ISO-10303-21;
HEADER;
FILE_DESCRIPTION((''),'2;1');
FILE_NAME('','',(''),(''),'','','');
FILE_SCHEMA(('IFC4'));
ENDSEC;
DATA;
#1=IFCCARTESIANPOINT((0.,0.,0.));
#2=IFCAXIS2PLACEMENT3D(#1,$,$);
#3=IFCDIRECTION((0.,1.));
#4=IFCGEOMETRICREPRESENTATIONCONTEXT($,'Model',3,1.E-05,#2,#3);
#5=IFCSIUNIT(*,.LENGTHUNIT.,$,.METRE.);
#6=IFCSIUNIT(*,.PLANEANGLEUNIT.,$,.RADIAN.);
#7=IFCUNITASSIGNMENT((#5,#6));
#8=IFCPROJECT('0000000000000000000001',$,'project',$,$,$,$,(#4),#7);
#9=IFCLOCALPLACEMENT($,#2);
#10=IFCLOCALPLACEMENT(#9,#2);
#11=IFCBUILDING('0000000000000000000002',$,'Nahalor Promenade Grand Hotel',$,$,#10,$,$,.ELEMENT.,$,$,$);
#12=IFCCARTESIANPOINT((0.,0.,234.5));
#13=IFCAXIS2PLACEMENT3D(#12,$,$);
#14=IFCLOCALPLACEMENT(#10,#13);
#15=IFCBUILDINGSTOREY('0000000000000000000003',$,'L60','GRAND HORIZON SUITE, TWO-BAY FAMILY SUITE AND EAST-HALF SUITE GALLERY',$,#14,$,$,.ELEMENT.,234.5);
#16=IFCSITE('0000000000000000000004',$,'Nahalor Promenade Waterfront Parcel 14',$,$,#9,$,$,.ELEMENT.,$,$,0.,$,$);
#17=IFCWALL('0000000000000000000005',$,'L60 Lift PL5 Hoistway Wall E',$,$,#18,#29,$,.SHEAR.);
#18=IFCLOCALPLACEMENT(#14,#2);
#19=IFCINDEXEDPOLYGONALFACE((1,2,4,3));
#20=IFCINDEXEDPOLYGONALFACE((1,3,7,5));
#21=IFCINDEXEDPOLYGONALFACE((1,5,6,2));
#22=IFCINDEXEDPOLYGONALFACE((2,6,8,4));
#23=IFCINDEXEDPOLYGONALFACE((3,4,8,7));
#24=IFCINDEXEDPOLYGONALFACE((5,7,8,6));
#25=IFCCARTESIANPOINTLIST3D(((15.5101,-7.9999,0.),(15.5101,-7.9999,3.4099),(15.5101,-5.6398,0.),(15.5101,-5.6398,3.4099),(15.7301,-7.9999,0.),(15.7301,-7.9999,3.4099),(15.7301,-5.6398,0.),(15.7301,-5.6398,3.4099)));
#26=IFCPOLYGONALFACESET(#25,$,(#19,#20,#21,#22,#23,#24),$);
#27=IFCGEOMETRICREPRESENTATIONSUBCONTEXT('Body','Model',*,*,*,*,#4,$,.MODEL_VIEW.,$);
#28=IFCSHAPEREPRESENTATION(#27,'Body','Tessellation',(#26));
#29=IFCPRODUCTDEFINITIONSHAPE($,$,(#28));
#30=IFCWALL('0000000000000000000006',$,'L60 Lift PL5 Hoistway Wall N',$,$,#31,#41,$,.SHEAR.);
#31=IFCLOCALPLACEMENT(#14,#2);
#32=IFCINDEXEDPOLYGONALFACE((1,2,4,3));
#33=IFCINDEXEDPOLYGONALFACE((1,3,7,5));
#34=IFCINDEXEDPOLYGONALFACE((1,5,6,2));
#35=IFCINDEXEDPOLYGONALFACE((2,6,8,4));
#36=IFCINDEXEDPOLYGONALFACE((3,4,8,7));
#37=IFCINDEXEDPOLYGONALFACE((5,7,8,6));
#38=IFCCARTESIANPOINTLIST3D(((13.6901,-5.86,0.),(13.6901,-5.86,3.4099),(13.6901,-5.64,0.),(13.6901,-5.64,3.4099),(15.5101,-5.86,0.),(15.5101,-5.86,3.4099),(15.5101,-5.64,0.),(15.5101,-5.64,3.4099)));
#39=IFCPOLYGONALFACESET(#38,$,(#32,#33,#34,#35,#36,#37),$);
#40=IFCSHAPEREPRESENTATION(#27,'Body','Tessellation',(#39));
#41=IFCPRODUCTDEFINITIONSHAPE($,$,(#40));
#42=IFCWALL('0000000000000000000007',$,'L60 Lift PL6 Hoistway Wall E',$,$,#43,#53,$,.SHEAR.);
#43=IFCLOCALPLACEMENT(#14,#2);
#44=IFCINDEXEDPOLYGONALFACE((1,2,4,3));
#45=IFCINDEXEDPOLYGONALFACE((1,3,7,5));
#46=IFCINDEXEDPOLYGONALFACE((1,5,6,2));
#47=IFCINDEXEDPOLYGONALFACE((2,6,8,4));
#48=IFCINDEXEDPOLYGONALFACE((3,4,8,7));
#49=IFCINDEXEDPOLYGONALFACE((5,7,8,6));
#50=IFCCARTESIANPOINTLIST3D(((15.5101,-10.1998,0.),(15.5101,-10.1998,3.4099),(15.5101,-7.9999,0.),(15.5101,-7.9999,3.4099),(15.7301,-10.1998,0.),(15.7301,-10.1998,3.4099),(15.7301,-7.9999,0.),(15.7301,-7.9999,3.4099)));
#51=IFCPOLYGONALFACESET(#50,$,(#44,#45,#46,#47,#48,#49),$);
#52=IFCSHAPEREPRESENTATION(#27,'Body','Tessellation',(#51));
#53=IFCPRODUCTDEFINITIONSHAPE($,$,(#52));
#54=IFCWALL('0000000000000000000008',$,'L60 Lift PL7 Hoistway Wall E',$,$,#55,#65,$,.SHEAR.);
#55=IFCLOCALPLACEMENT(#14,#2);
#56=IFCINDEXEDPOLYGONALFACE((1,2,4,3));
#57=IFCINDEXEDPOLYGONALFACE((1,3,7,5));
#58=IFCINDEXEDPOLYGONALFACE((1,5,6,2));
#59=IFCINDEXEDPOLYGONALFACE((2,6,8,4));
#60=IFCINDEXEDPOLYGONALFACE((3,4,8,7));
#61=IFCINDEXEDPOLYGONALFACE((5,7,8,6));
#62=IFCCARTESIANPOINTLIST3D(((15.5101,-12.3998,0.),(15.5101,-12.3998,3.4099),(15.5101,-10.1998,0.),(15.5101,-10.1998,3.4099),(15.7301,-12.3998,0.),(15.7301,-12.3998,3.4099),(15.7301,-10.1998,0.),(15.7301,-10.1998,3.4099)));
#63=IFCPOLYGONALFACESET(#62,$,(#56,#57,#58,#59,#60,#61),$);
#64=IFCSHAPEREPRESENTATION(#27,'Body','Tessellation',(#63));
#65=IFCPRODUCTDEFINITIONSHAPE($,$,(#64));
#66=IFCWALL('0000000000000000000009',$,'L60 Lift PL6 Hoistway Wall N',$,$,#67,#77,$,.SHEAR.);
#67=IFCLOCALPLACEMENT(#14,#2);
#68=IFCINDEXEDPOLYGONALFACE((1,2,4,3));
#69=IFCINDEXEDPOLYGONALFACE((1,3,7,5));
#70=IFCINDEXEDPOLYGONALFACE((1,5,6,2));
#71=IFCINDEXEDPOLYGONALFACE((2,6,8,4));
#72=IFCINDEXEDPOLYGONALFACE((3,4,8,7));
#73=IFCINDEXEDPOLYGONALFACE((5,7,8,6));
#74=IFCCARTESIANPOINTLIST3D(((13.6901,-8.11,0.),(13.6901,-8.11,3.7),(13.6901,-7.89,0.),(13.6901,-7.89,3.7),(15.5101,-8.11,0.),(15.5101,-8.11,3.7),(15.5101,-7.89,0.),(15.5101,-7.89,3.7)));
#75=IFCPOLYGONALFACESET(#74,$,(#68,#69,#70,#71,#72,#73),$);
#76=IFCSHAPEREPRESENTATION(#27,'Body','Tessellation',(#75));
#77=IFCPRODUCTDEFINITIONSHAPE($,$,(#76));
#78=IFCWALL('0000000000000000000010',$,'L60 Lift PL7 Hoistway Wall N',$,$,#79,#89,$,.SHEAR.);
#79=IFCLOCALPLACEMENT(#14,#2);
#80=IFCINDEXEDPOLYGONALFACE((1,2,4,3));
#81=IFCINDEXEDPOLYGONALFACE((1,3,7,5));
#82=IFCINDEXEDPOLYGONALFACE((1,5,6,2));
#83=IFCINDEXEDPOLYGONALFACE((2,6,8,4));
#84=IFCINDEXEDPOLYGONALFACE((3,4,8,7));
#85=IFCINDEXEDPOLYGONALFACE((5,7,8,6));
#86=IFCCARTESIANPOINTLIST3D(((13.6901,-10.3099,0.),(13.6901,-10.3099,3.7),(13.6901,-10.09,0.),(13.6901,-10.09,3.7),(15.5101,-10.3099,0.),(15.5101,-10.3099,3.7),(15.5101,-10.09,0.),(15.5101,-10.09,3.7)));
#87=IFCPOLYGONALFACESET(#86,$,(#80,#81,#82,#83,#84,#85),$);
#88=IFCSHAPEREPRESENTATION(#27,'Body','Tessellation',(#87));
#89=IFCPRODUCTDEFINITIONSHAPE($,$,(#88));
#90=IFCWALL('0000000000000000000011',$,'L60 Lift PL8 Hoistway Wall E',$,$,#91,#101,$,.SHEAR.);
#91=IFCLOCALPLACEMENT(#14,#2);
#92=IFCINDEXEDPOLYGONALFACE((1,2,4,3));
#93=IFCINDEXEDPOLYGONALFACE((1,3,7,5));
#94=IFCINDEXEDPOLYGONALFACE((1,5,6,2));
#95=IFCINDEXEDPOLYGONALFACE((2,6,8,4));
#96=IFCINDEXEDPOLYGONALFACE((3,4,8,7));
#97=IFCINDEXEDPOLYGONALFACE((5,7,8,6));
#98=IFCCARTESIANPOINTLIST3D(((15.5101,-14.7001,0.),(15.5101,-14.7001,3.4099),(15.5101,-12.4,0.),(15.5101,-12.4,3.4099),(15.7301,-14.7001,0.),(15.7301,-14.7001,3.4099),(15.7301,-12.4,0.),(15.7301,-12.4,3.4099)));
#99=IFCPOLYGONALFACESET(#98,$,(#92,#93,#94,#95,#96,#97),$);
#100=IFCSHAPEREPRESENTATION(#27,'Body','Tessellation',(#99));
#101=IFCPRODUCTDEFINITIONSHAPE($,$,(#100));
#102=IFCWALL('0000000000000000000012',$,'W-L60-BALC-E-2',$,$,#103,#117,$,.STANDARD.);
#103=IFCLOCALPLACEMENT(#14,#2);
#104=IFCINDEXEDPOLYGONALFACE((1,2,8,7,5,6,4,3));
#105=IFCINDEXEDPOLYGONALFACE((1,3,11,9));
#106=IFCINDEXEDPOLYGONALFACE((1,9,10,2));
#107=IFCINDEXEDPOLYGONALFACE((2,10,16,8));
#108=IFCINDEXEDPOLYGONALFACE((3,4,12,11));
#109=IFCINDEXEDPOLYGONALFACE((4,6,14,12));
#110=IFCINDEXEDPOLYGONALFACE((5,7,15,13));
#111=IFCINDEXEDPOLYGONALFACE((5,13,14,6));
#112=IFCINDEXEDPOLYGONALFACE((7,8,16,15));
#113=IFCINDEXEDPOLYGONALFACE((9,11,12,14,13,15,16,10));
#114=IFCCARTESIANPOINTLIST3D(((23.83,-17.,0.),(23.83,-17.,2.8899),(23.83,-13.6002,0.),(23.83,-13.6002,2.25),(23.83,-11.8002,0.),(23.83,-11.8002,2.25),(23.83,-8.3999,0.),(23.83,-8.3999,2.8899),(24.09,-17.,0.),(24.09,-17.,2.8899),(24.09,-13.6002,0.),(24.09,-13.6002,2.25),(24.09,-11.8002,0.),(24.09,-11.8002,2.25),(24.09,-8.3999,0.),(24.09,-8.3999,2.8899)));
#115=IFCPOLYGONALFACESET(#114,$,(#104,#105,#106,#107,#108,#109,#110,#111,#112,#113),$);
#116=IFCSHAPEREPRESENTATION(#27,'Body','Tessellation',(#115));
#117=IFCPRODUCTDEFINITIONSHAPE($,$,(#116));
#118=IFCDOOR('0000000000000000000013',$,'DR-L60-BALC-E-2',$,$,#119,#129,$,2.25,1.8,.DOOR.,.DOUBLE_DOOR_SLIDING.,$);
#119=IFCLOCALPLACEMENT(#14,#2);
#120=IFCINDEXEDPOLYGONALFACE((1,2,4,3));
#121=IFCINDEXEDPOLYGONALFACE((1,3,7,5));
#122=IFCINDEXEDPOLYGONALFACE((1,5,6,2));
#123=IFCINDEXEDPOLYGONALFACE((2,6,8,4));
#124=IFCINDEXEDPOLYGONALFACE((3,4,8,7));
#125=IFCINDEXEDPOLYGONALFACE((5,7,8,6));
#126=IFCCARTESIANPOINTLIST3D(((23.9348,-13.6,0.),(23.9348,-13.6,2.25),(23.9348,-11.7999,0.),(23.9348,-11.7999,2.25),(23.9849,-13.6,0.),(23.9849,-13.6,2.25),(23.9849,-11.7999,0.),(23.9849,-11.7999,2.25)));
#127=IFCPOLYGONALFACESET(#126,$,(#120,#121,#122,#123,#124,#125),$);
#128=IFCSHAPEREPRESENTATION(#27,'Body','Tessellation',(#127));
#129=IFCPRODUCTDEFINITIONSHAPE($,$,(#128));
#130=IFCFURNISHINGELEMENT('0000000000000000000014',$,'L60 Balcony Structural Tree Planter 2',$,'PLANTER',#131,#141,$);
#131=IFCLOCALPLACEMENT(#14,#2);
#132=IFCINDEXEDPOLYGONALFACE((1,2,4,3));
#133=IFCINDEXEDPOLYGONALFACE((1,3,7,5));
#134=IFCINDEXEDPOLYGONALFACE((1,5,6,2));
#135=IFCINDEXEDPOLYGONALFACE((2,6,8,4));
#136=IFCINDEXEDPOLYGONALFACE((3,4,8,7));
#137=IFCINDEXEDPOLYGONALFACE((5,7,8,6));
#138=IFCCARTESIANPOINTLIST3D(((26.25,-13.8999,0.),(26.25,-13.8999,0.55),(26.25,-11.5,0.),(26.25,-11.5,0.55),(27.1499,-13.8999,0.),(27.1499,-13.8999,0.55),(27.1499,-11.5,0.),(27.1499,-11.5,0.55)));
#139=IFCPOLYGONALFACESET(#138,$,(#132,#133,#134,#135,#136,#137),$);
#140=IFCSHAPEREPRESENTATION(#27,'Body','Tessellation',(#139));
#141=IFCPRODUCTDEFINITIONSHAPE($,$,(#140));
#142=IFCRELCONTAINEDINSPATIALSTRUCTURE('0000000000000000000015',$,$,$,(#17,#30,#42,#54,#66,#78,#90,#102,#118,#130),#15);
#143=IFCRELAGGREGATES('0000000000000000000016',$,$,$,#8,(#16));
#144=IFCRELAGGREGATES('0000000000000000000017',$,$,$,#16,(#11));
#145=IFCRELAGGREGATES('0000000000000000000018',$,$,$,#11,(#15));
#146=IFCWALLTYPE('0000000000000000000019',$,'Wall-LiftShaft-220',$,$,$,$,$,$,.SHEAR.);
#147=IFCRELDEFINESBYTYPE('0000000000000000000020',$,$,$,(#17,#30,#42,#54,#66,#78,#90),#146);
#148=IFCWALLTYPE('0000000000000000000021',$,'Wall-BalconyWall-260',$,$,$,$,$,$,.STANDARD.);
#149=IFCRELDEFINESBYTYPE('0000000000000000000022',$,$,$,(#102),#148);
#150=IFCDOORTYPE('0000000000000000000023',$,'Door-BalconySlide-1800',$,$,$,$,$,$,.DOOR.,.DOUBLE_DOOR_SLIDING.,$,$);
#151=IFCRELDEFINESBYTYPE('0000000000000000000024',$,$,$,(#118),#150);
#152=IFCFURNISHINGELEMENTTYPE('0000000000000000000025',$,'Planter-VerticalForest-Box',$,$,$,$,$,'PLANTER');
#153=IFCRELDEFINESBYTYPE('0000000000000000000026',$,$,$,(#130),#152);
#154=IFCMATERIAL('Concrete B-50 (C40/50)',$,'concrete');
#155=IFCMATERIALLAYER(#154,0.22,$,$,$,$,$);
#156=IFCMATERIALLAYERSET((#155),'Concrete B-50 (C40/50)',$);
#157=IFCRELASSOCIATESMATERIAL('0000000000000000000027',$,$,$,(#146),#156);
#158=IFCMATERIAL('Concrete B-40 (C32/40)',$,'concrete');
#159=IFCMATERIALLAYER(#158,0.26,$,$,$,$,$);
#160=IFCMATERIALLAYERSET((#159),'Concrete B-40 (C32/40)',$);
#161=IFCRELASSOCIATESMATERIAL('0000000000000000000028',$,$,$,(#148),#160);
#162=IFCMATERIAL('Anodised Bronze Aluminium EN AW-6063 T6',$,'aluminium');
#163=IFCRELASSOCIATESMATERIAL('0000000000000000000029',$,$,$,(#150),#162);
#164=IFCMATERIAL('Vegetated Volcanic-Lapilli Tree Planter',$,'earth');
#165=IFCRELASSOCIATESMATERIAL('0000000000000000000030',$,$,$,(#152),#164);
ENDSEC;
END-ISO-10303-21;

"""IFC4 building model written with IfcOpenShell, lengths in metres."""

from ifc_helpers import new_model, si_unit, direction, frame, frame_2d, origin, origin_2d, place, context, subcontext, project, spatial, rectangle, extrude, source, transform, mapped, material, layer, layer_set, type_object, element, fill, save


model = new_model("IFC4")

# Units and contexts
model_context = context("Model", 3, precision=1e-05, world=origin(), true_north=direction((0.0, 1.0)))
body_context = subcontext(model_context, "Body", "Model", "MODEL_VIEW")
ifc_project = project(units=[si_unit("LENGTHUNIT", "METRE"), si_unit("PLANEANGLEUNIT", "RADIAN")], contexts=[model_context])

# Site, building, storey
site_placement = place(None, origin())
site = spatial("IfcSite", under=ifc_project, at=site_placement, Name="Nahalor Promenade Waterfront Parcel 14", CompositionType="ELEMENT", RefElevation=0.0)
building_placement = place(site_placement, origin())
building = spatial("IfcBuilding", under=site, at=building_placement, Name="Nahalor Promenade Grand Hotel", CompositionType="ELEMENT")
storey_placement = place(building_placement, frame((0.0, 0.0, 234.5)))
storey = spatial("IfcBuildingStorey", under=building, at=storey_placement, Name="L60", Description="GRAND HORIZON SUITE, TWO-BAY FAMILY SUITE AND EAST-HALF SUITE GALLERY", CompositionType="ELEMENT", Elevation=234.5)

# Shared definitions
ifc_material_1 = material(Name="Anodised Bronze Aluminium EN AW-6063 T6", Category="aluminium")

# Walls
ifc_material_2 = material(Name="Concrete B-50 (C40/50)", Category="concrete")
ifc_layer_1 = layer(ifc_material_2, 0.22)
ifc_layer_set_1 = layer_set([ifc_layer_1], Name="Concrete B-50 (C40/50)")
wall_type_1 = type_object("IfcWallType", Name="Wall-LiftShaft-220", PredefinedType="SHEAR", material=ifc_layer_set_1)
shared_shape_1 = source(origin(), body_context, "Body", "SweptSolid", [
    extrude(rectangle(XDim=2.3601, YDim=0.22, at=frame_2d((1.1802, 0.0))), origin(), (0.0, 0.0, 1.0), 3.4099),
])
wall_1_placement = place(storey_placement, frame((15.6201, -8.0, 0.0), z_axis=(0.0, 0.0, 1.0), x_axis=(0.0, 1.0, 0.0)))
element("IfcWall", 1, at=wall_1_placement, inside=storey, type_object=wall_type_1, Name="L60 Lift PL5 Hoistway Wall E", PredefinedType="SHEAR", context=body_context, shape_type="MappedRepresentation", body=[
    mapped(shared_shape_1, transform((0.0, 0.0, 0.0), scale=1.0)),
])
shared_shape_2 = source(origin(), body_context, "Body", "SweptSolid", [
    extrude(rectangle(XDim=1.8201, YDim=0.22, at=frame_2d((0.9102, 0.0))), origin(), (0.0, 0.0, 1.0), 3.4099),
])
wall_2_placement = place(storey_placement, frame((13.6899, -5.75, 0.0), z_axis=(0.0, 0.0, 1.0), x_axis=(1.0, 0.0, 0.0)))
element("IfcWall", 2, at=wall_2_placement, inside=storey, type_object=wall_type_1, Name="L60 Lift PL5 Hoistway Wall N", PredefinedType="SHEAR", context=body_context, shape_type="MappedRepresentation", body=[
    mapped(shared_shape_2, transform((0.0, 0.0, 0.0), scale=1.0)),
])
shared_shape_3 = source(origin(), body_context, "Body", "SweptSolid", [
    extrude(rectangle(XDim=2.2, YDim=0.22, at=frame_2d((1.1001, 0.0))), origin(), (0.0, 0.0, 1.0), 3.4099),
])
for number, where, z_axis, x_axis, name in (
    (3, (15.6201, -10.2, 0.0), (0.0, 0.0, 1.0), (0.0, 1.0, 0.0), "L60 Lift PL6 Hoistway Wall E"),
    (4, (15.6201, -12.3999, 0.0), (0.0, 0.0, 1.0), (0.0, 1.0, 0.0), "L60 Lift PL7 Hoistway Wall E"),
):
    element("IfcWall", number, at=place(storey_placement, frame(where, z_axis=z_axis, x_axis=x_axis)), inside=storey, type_object=wall_type_1, Name=name, PredefinedType="SHEAR", context=body_context, shape_type="MappedRepresentation", body=[
        mapped(shared_shape_3, transform((0.0, 0.0, 0.0), scale=1.0)),
    ])
shared_shape_4 = source(origin(), body_context, "Body", "SweptSolid", [
    extrude(rectangle(XDim=1.8201, YDim=0.22, at=frame_2d((0.9102, 0.0))), origin(), (0.0, 0.0, 1.0), 3.7),
])
for number, where, z_axis, x_axis, name in (
    (5, (13.6899, -8.0, 0.0), (0.0, 0.0, 1.0), (1.0, 0.0, 0.0), "L60 Lift PL6 Hoistway Wall N"),
    (6, (13.6899, -10.2, 0.0), (0.0, 0.0, 1.0), (1.0, 0.0, 0.0), "L60 Lift PL7 Hoistway Wall N"),
):
    element("IfcWall", number, at=place(storey_placement, frame(where, z_axis=z_axis, x_axis=x_axis)), inside=storey, type_object=wall_type_1, Name=name, PredefinedType="SHEAR", context=body_context, shape_type="MappedRepresentation", body=[
        mapped(shared_shape_4, transform((0.0, 0.0, 0.0), scale=1.0)),
    ])
shared_shape_5 = source(origin(), body_context, "Body", "SweptSolid", [
    extrude(rectangle(XDim=2.3, YDim=0.22, at=frame_2d((1.1499, 0.0))), origin(), (0.0, 0.0, 1.0), 3.4099),
])
wall_3_placement = place(storey_placement, frame((15.6201, -14.7, 0.0), z_axis=(0.0, 0.0, 1.0), x_axis=(0.0, 1.0, 0.0)))
element("IfcWall", 7, at=wall_3_placement, inside=storey, type_object=wall_type_1, Name="L60 Lift PL8 Hoistway Wall E", PredefinedType="SHEAR", context=body_context, shape_type="MappedRepresentation", body=[
    mapped(shared_shape_5, transform((0.0, 0.0, 0.0), scale=1.0)),
])

# Wall, opening, door
ifc_material_3 = material(Name="Concrete B-40 (C32/40)", Category="concrete")
ifc_layer_2 = layer(ifc_material_3, 0.26)
ifc_layer_set_2 = layer_set([ifc_layer_2], Name="Concrete B-40 (C32/40)")
wall_type_2 = type_object("IfcWallType", Name="Wall-BalconyWall-260", PredefinedType="STANDARD", material=ifc_layer_set_2)
shared_shape_6 = source(origin(), body_context, "Body", "SweptSolid", [
    extrude(rectangle(XDim=8.6001, YDim=0.26, at=frame_2d((4.3, 0.0))), origin(), (0.0, 0.0, 1.0), 2.8899),
])
wall_4_placement = place(storey_placement, frame((23.96, -17.0, 0.0), z_axis=(0.0, 0.0, 1.0), x_axis=(0.0, 1.0, 0.0)))
wall_4 = element("IfcWall", 8, at=wall_4_placement, inside=storey, type_object=wall_type_2, Name="W-L60-BALC-E-2", PredefinedType="STANDARD", context=body_context, shape_type="MappedRepresentation", body=[
    mapped(shared_shape_6, transform((0.0, 0.0, 0.0), scale=1.0)),
])
opening_placement = place(wall_4_placement, frame((3.3999, 0.0, 0.0)))
opening = element("IfcOpeningElement", 9, at=opening_placement, cuts=wall_4, PredefinedType="OPENING", context=body_context, shape_type="SweptSolid", body=[
    extrude(rectangle(XDim=1.8, YDim=2.25, at=frame_2d((0.8999, 1.125))), frame((0.0, 0.1399, 0.0), z_axis=(0.0, -1.0, 0.0), x_axis=(1.0, 0.0, 0.0)), (0.0, 0.0, 1.0), 0.28),
])
door_type = type_object("IfcDoorType", Name="Door-BalconySlide-1800", OperationType="DOUBLE_DOOR_SLIDING", PredefinedType="DOOR", material=ifc_material_1)
shared_shape_7 = source(origin(), body_context, "Body", "SweptSolid", [
    extrude(rectangle(XDim=1.8, YDim=2.25, at=frame_2d((0.8999, 1.125))), frame((0.0, 0.0249, 0.0), z_axis=(0.0, -1.0, 0.0), x_axis=(1.0, 0.0, 0.0)), (0.0, 0.0, 1.0), 0.05),
])
door_placement = place(opening_placement, frame((1.8, 0.0, 0.0), z_axis=(0.0, 0.0, 1.0), x_axis=(-1.0, 0.0, 0.0)))
door = element("IfcDoor", 10, at=door_placement, inside=storey, type_object=door_type, Name="DR-L60-BALC-E-2", OperationType="DOUBLE_DOOR_SLIDING", OverallHeight=2.25, OverallWidth=1.8, PredefinedType="DOOR", context=body_context, shape_type="MappedRepresentation", body=[
    mapped(shared_shape_7, transform((0.0, 0.0, 0.0), scale=1.0)),
])
fill(opening, door)

# Furnishing element
ifc_material_4 = material(Name="Vegetated Volcanic-Lapilli Tree Planter", Category="earth")
furnishing_element_type = type_object("IfcFurnishingElementType", Name="Planter-VerticalForest-Box", ElementType="PLANTER", material=ifc_material_4)
shared_shape_8 = source(origin(), body_context, "Body", "SweptSolid", [
    extrude(rectangle(XDim=2.3999, YDim=0.8999, at=origin_2d()), origin(), (0.0, 0.0, 1.0), 0.55),
])
furnishing_placement = place(storey_placement, frame((26.7, -12.7, 0.0), z_axis=(0.0, 0.0, 1.0), x_axis=(0.0, 1.0, 0.0)))
element("IfcFurnishingElement", 11, at=furnishing_placement, inside=storey, type_object=furnishing_element_type, Name="L60 Balcony Structural Tree Planter 2", ObjectType="PLANTER", context=body_context, shape_type="MappedRepresentation", body=[
    mapped(shared_shape_8, transform((0.0, 0.0, 0.0), scale=1.0)),
])

save(model, "model.ifc")
